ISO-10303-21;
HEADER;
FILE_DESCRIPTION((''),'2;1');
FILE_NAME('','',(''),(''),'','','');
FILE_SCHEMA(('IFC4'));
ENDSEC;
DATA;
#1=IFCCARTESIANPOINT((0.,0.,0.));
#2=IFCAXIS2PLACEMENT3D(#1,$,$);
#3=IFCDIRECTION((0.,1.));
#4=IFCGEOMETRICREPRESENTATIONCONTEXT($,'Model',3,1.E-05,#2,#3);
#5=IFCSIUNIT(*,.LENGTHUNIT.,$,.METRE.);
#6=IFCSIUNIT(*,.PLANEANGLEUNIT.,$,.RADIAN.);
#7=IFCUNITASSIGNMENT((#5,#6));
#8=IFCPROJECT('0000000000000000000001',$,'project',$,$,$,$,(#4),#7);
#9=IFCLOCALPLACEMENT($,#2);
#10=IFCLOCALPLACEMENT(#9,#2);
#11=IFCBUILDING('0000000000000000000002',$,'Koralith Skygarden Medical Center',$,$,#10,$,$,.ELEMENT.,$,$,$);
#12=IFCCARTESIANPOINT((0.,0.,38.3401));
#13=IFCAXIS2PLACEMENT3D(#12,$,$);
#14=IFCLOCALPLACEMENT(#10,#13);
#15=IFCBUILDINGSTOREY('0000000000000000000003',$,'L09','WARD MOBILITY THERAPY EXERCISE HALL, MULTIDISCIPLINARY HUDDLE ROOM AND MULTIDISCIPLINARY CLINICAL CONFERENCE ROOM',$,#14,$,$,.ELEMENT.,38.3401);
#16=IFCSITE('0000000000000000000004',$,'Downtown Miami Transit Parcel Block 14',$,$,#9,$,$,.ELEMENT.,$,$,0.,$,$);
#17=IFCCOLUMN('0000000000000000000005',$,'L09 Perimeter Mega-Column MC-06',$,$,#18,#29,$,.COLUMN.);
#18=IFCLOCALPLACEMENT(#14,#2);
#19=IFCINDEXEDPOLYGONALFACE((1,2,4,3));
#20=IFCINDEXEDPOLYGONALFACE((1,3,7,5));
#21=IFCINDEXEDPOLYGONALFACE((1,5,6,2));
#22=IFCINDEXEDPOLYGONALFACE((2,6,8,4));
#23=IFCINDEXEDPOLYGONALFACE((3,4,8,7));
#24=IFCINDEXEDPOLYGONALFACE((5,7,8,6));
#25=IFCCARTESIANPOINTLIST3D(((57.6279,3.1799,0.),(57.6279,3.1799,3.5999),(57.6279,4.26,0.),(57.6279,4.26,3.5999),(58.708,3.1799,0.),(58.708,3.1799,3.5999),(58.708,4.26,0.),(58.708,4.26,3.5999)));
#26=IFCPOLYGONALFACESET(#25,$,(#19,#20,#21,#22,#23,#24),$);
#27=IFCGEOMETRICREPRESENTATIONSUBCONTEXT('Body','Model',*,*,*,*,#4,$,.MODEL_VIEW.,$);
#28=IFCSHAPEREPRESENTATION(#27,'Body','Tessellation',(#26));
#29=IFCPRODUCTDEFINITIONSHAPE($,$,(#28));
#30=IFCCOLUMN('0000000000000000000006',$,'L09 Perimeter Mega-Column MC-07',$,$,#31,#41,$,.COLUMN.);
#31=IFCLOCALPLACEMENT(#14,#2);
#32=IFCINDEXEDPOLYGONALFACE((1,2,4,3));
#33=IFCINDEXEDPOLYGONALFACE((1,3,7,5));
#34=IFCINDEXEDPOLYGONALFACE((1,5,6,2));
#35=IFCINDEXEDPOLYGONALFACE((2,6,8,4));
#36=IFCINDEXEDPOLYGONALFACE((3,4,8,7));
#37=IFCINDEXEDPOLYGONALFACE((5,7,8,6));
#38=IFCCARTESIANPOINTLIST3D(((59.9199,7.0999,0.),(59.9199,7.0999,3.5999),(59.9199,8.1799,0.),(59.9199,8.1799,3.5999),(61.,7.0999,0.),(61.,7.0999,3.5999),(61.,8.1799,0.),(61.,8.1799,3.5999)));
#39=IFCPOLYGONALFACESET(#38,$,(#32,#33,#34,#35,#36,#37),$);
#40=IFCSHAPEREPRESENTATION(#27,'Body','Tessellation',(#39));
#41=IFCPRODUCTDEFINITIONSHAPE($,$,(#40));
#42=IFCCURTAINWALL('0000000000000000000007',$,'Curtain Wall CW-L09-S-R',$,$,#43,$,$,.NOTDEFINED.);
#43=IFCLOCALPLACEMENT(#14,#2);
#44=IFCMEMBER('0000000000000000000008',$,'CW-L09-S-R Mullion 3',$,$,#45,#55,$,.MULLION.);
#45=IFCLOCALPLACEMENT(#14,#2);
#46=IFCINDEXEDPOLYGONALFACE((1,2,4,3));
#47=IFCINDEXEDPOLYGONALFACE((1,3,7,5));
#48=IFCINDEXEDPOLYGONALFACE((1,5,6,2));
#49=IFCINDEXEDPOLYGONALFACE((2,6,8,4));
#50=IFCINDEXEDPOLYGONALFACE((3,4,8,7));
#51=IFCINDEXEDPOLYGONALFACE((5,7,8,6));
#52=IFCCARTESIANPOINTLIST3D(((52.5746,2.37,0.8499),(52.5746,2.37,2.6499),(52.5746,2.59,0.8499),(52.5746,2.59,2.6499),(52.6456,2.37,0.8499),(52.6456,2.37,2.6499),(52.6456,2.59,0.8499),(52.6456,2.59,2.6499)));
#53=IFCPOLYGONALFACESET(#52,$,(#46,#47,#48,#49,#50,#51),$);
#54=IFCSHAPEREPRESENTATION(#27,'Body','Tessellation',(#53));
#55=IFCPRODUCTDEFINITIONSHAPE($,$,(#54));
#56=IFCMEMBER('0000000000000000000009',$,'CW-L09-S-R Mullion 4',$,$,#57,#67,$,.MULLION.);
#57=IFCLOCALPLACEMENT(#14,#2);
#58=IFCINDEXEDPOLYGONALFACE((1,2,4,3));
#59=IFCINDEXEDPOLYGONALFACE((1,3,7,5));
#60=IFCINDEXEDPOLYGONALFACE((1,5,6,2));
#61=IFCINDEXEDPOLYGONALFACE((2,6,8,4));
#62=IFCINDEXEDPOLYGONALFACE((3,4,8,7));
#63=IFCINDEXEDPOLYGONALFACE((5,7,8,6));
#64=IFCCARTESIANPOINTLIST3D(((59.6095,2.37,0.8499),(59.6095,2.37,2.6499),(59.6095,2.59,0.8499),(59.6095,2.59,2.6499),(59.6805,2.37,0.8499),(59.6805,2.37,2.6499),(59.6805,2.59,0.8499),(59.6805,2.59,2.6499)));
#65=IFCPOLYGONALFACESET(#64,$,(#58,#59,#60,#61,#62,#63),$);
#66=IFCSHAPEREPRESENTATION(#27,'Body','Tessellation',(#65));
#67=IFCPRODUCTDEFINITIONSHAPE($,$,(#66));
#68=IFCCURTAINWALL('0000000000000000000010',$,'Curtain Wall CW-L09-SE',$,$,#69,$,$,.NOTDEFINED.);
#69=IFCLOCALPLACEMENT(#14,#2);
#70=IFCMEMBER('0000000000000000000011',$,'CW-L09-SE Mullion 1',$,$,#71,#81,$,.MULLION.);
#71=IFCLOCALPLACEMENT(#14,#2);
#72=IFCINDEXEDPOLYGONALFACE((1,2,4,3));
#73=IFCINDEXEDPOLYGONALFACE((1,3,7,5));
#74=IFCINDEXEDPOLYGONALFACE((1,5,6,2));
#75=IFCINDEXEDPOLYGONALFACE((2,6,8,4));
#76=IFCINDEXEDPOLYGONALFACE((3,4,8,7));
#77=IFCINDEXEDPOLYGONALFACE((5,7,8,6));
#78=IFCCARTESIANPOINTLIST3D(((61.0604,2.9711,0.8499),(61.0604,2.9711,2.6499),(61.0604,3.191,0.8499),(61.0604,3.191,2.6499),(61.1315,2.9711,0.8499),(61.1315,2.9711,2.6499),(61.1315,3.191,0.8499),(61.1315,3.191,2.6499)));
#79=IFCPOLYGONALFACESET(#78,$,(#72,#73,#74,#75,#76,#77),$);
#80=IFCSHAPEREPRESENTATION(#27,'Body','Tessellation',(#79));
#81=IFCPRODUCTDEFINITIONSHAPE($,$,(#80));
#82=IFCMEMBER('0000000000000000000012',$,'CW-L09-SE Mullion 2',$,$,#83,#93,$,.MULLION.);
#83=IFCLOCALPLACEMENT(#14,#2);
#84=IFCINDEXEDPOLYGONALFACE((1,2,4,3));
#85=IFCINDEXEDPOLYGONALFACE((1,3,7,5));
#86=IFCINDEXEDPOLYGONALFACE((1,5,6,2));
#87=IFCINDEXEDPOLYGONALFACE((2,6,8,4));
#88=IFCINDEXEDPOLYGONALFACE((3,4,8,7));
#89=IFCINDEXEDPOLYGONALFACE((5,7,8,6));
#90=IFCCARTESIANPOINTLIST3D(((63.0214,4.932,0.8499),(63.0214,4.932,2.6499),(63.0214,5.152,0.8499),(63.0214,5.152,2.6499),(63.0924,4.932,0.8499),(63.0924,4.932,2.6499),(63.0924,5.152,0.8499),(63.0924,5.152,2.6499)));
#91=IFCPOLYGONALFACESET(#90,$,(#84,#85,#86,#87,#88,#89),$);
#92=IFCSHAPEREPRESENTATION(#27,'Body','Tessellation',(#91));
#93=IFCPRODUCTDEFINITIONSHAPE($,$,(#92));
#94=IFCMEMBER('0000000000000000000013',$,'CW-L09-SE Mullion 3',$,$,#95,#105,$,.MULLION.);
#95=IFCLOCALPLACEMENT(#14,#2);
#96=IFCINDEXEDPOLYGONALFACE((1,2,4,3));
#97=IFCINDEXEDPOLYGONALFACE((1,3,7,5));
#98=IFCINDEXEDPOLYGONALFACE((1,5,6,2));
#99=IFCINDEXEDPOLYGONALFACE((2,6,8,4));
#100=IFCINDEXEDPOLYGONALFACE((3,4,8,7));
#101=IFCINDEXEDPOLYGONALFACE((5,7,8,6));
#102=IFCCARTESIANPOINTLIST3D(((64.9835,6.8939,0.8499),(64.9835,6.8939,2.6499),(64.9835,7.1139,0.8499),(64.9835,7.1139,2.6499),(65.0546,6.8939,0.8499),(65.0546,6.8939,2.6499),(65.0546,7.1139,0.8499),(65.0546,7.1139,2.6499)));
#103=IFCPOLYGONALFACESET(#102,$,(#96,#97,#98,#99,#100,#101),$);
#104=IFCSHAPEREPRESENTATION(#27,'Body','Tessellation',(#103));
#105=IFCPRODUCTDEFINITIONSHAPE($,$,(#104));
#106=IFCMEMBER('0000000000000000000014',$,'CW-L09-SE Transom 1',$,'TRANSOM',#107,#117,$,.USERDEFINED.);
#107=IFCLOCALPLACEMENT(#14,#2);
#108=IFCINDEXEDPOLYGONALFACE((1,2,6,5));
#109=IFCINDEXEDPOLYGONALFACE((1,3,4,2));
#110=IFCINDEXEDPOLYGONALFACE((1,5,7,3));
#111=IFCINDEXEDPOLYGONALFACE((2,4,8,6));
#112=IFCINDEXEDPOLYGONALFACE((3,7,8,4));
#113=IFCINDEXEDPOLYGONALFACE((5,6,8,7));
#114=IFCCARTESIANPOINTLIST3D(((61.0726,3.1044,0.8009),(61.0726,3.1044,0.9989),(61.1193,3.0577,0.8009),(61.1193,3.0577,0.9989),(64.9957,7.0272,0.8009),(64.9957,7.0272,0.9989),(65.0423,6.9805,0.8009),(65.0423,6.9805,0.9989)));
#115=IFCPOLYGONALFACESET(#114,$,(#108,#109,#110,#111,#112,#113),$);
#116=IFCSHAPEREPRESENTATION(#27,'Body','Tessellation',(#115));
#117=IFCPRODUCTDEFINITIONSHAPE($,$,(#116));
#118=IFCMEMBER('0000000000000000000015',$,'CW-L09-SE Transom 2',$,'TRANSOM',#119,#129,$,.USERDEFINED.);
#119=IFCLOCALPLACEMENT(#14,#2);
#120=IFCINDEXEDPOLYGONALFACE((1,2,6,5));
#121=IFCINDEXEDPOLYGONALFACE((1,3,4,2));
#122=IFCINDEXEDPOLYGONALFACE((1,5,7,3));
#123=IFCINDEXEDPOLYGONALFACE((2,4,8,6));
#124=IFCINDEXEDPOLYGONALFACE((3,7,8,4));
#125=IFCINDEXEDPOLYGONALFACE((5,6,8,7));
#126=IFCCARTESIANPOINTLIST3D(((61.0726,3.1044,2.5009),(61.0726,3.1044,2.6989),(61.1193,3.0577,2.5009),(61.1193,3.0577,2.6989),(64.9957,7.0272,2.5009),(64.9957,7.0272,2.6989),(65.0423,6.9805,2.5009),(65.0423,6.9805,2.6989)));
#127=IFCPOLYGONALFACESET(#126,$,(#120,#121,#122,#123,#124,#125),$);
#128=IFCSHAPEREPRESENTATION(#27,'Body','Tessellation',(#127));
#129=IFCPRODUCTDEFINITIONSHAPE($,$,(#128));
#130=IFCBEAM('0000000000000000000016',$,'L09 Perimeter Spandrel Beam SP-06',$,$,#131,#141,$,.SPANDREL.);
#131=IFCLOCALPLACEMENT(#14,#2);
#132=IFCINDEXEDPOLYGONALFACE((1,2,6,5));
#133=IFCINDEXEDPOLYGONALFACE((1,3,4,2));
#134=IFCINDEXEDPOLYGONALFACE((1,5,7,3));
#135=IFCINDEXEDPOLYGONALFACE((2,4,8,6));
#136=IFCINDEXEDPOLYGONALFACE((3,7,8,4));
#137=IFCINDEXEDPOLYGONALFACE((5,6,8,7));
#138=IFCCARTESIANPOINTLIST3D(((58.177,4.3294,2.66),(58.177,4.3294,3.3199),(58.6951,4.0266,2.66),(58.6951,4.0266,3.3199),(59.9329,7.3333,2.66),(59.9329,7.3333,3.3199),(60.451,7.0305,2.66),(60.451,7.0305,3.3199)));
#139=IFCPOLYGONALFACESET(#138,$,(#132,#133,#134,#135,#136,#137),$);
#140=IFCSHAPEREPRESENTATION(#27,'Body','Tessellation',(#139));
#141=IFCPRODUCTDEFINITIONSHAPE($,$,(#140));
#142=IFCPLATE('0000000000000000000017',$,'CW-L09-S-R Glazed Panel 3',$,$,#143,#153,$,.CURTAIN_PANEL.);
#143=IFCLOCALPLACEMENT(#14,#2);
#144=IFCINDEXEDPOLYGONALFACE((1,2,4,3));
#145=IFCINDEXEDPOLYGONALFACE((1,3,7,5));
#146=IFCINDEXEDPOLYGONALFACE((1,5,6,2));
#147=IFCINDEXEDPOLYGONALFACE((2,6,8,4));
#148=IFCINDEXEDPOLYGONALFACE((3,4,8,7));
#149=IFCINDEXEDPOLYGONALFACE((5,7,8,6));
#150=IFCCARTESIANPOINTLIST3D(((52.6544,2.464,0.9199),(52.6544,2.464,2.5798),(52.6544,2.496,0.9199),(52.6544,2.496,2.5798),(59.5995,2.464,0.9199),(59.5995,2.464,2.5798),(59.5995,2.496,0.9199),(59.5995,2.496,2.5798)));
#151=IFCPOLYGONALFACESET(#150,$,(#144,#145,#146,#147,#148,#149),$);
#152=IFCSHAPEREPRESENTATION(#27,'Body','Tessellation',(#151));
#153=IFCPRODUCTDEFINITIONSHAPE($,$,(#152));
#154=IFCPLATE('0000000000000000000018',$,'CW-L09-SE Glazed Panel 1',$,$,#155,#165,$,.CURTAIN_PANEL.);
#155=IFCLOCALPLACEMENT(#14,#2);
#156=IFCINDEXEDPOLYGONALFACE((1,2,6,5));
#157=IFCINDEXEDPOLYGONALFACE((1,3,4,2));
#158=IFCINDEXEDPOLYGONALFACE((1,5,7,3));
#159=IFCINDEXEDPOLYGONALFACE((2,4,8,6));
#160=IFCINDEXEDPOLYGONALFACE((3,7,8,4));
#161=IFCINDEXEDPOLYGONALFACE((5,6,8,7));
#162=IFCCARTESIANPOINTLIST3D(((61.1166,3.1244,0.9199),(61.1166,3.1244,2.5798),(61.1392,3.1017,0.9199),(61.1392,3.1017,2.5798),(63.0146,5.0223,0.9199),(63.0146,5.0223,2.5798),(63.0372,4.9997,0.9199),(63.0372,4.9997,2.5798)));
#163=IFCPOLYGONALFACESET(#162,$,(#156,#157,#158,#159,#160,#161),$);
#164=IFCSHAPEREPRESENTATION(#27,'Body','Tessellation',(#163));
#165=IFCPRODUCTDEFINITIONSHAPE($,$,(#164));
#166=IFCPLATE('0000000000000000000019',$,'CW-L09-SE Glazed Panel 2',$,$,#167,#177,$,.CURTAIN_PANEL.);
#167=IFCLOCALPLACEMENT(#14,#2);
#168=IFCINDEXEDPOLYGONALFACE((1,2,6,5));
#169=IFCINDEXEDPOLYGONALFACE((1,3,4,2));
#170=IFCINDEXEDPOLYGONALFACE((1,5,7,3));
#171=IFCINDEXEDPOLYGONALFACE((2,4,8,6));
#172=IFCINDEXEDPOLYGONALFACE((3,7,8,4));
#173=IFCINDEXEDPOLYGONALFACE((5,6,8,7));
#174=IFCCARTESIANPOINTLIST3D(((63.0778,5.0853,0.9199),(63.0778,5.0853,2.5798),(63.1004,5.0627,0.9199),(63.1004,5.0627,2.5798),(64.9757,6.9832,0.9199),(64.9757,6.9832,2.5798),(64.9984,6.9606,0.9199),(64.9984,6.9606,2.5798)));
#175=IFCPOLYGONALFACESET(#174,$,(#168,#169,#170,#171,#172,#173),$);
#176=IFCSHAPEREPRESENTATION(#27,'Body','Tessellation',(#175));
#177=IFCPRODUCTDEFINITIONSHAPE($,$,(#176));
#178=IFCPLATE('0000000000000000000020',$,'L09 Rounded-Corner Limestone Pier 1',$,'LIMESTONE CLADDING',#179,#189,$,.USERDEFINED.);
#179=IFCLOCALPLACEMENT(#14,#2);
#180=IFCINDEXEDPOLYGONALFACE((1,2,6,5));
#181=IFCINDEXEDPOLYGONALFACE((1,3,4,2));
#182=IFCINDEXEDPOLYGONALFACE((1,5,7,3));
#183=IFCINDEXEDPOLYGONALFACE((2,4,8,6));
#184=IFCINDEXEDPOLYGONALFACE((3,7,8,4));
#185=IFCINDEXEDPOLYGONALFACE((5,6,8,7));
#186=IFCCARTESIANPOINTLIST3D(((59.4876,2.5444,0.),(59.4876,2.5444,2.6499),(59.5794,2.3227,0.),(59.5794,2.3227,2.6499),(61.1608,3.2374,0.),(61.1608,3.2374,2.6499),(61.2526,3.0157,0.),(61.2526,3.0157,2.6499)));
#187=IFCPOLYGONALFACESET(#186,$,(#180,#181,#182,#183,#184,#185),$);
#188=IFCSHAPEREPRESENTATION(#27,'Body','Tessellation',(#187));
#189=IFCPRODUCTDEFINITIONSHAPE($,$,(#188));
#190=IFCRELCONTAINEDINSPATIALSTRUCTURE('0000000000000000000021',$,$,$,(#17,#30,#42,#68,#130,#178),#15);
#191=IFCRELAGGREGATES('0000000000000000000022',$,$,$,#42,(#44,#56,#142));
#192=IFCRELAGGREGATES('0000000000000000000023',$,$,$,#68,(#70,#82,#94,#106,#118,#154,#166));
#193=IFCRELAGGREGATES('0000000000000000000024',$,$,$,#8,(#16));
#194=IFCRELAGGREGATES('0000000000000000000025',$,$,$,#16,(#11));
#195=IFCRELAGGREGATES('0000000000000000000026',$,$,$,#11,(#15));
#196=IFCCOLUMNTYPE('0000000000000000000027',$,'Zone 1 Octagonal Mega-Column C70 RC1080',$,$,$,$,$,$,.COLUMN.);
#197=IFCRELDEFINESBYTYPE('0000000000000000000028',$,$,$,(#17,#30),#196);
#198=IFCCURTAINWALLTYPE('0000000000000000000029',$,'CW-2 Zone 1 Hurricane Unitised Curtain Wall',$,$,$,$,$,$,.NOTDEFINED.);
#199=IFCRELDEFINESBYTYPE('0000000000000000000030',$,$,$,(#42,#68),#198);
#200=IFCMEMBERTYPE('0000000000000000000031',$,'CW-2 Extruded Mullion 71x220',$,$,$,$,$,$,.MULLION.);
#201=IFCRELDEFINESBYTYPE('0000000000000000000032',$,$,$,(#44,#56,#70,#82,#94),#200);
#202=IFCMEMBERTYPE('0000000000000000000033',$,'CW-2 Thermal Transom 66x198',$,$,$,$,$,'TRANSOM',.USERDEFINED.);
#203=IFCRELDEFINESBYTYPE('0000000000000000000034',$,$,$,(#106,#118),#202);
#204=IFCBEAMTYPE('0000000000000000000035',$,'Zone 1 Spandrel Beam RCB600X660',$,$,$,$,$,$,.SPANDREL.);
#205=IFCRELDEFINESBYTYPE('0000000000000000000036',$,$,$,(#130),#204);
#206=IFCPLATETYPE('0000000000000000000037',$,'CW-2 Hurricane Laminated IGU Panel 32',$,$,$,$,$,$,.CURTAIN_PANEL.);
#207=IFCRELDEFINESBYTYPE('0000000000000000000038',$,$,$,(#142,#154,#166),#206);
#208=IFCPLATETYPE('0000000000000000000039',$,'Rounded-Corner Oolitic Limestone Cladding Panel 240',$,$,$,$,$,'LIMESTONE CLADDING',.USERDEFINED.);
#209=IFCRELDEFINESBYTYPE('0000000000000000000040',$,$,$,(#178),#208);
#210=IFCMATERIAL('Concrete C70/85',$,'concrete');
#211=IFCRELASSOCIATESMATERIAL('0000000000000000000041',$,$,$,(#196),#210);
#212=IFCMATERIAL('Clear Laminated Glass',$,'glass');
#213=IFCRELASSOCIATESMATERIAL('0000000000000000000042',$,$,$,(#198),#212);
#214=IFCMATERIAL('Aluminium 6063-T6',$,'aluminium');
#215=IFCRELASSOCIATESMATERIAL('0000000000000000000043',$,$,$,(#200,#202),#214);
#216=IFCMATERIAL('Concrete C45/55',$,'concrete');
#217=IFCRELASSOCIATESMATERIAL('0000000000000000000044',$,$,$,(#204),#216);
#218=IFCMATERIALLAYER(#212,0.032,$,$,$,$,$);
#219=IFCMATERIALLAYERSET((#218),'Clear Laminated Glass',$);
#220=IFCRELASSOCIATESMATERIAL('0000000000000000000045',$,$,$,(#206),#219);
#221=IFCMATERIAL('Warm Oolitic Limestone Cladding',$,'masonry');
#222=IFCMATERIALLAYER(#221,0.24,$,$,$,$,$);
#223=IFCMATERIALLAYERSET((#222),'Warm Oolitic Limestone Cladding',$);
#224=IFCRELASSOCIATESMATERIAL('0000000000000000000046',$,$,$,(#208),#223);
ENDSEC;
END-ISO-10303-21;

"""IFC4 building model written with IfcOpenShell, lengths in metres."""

from ifc_helpers import new_model, si_unit, direction, frame, origin, origin_2d, place, context, subcontext, project, spatial, rectangle, extrude, material, layer, layer_set, material_profile, profile_set, type_object, element, aggregate, save


model = new_model("IFC4")

# Units and contexts
model_context = context("Model", 3, precision=1e-05, world=origin(), true_north=direction((0.0, 1.0)))
body_context = subcontext(model_context, "Body", "Model", "MODEL_VIEW")
ifc_project = project(units=[si_unit("LENGTHUNIT", "METRE"), si_unit("PLANEANGLEUNIT", "RADIAN")], contexts=[model_context])

# Site, building, storey
site_placement = place(None, origin())
site = spatial("IfcSite", under=ifc_project, at=site_placement, Name="Downtown Miami Transit Parcel Block 14", CompositionType="ELEMENT", RefElevation=0.0)
building_placement = place(site_placement, origin())
building = spatial("IfcBuilding", under=site, at=building_placement, Name="Koralith Skygarden Medical Center", CompositionType="ELEMENT")
storey_placement = place(building_placement, frame((0.0, 0.0, 38.3401)))
storey = spatial("IfcBuildingStorey", under=building, at=storey_placement, Name="L09", Description="WARD MOBILITY THERAPY EXERCISE HALL, MULTIDISCIPLINARY HUDDLE ROOM AND MULTIDISCIPLINARY CLINICAL CONFERENCE ROOM", CompositionType="ELEMENT", Elevation=38.3401)

# Columns
ifc_material_1 = material(Name="Concrete C70/85", Category="concrete")
ifc_material_profile_1 = material_profile(ifc_material_1, rectangle(XDim=1.0801, YDim=1.0801, at=origin_2d()), Name="RC1080X1080")
ifc_profile_set_1 = profile_set([ifc_material_profile_1], Name="Concrete C70/85")
column_type = type_object("IfcColumnType", Name="Zone 1 Octagonal Mega-Column C70 RC1080", PredefinedType="COLUMN", material=ifc_profile_set_1)
for number, where, z_axis, x_axis, name in (
    (1, (58.168, 3.72, 0.0), (0.0, 0.0, 1.0), (1.0, 0.0, 0.0), "L09 Perimeter Mega-Column MC-06"),
    (2, (60.46, 7.6399, 0.0), (0.0, 0.0, 1.0), (1.0, 0.0, 0.0), "L09 Perimeter Mega-Column MC-07"),
):
    element("IfcColumn", number, at=place(storey_placement, frame(where, z_axis=z_axis, x_axis=x_axis)), inside=storey, type_object=column_type, Name=name, PredefinedType="COLUMN", context=body_context, shape_type="SweptSolid", body=[
        extrude(rectangle(XDim=1.0801, YDim=1.0801, at=origin_2d()), origin(), (0.0, 0.0, 1.0), 3.5999),
    ])

# Curtain walls, members
ifc_material_2 = material(Name="Clear Laminated Glass", Category="glass")
curtain_wall_type = type_object("IfcCurtainWallType", Name="CW-2 Zone 1 Hurricane Unitised Curtain Wall", PredefinedType="NOTDEFINED", material=ifc_material_2)
curtain_wall_1_placement = place(storey_placement, origin())
curtain_wall_1 = element("IfcCurtainWall", 3, at=curtain_wall_1_placement, inside=storey, type_object=curtain_wall_type, Name="Curtain Wall CW-L09-S-R", PredefinedType="NOTDEFINED")
ifc_material_3 = material(Name="Aluminium 6063-T6", Category="aluminium")
ifc_material_profile_2 = material_profile(ifc_material_3, rectangle(XDim=0.071, YDim=0.22, at=origin_2d()), Name="MUL71X220")
ifc_profile_set_2 = profile_set([ifc_material_profile_2], Name="Aluminium 6063-T6")
member_type_1 = type_object("IfcMemberType", Name="CW-2 Extruded Mullion 71x220", PredefinedType="MULLION", material=ifc_profile_set_2)
member_1_placement = place(storey_placement, frame((52.6101, 2.48, 0.8499), z_axis=(0.0, 0.0, 1.0), x_axis=(1.0, 0.0, 0.0)))
member_1 = element("IfcMember", 4, at=member_1_placement, type_object=member_type_1, Name="CW-L09-S-R Mullion 3", PredefinedType="MULLION", context=body_context, shape_type="SweptSolid", body=[
    extrude(rectangle(XDim=0.071, YDim=0.22, at=origin_2d()), origin(), (0.0, 0.0, 1.0), 1.8),
])
member_2_placement = place(storey_placement, frame((59.645, 2.48, 0.8499), z_axis=(0.0, 0.0, 1.0), x_axis=(1.0, 0.0, 0.0)))
member_2 = element("IfcMember", 5, at=member_2_placement, type_object=member_type_1, Name="CW-L09-S-R Mullion 4", PredefinedType="MULLION", context=body_context, shape_type="SweptSolid", body=[
    extrude(rectangle(XDim=0.071, YDim=0.22, at=origin_2d()), origin(), (0.0, 0.0, 1.0), 1.8),
])
curtain_wall_2_placement = place(storey_placement, origin())
curtain_wall_2 = element("IfcCurtainWall", 6, at=curtain_wall_2_placement, inside=storey, type_object=curtain_wall_type, Name="Curtain Wall CW-L09-SE", PredefinedType="NOTDEFINED")
member_3_placement = place(storey_placement, frame((61.0959, 3.0811, 0.8499), z_axis=(0.0, 0.0, 1.0), x_axis=(1.0, 0.0, 0.0)))
member_3 = element("IfcMember", 7, at=member_3_placement, type_object=member_type_1, Name="CW-L09-SE Mullion 1", PredefinedType="MULLION", context=body_context, shape_type="SweptSolid", body=[
    extrude(rectangle(XDim=0.071, YDim=0.22, at=origin_2d()), origin(), (0.0, 0.0, 1.0), 1.8),
])
member_4_placement = place(storey_placement, frame((63.0569, 5.042, 0.8499), z_axis=(0.0, 0.0, 1.0), x_axis=(1.0, 0.0, 0.0)))
member_4 = element("IfcMember", 8, at=member_4_placement, type_object=member_type_1, Name="CW-L09-SE Mullion 2", PredefinedType="MULLION", context=body_context, shape_type="SweptSolid", body=[
    extrude(rectangle(XDim=0.071, YDim=0.22, at=origin_2d()), origin(), (0.0, 0.0, 1.0), 1.8),
])
member_5_placement = place(storey_placement, frame((65.019, 7.0039, 0.8499), z_axis=(0.0, 0.0, 1.0), x_axis=(1.0, 0.0, 0.0)))
member_5 = element("IfcMember", 9, at=member_5_placement, type_object=member_type_1, Name="CW-L09-SE Mullion 3", PredefinedType="MULLION", context=body_context, shape_type="SweptSolid", body=[
    extrude(rectangle(XDim=0.071, YDim=0.22, at=origin_2d()), origin(), (0.0, 0.0, 1.0), 1.8),
])
ifc_material_profile_3 = material_profile(ifc_material_3, rectangle(XDim=0.0659, YDim=0.198, at=origin_2d()), Name="TRN66X198")
ifc_profile_set_3 = profile_set([ifc_material_profile_3], Name="Aluminium 6063-T6")
member_type_2 = type_object("IfcMemberType", Name="CW-2 Thermal Transom 66x198", ElementType="TRANSOM", PredefinedType="USERDEFINED", material=ifc_profile_set_3)
member_6_placement = place(storey_placement, frame((61.0959, 3.0811, 0.8999), z_axis=(0.707129, 0.707085, 0.0), x_axis=(-0.707085, 0.707129, 0.0)))
member_6 = element("IfcMember", 10, at=member_6_placement, type_object=member_type_2, Name="CW-L09-SE Transom 1", ObjectType="TRANSOM", PredefinedType="USERDEFINED", context=body_context, shape_type="SweptSolid", body=[
    extrude(rectangle(XDim=0.0659, YDim=0.198, at=origin_2d()), origin(), (0.0, 0.0, 1.0), 5.5479),
])
member_7_placement = place(storey_placement, frame((61.0959, 3.0811, 2.5999), z_axis=(0.707129, 0.707085, 0.0), x_axis=(-0.707085, 0.707129, 0.0)))
member_7 = element("IfcMember", 11, at=member_7_placement, type_object=member_type_2, Name="CW-L09-SE Transom 2", ObjectType="TRANSOM", PredefinedType="USERDEFINED", context=body_context, shape_type="SweptSolid", body=[
    extrude(rectangle(XDim=0.0659, YDim=0.198, at=origin_2d()), origin(), (0.0, 0.0, 1.0), 5.5479),
])

# Beam
ifc_material_4 = material(Name="Concrete C45/55", Category="concrete")
ifc_material_profile_4 = material_profile(ifc_material_4, rectangle(XDim=0.6001, YDim=0.6599, at=origin_2d()), Name="RCB600X660")
ifc_profile_set_4 = profile_set([ifc_material_profile_4], Name="Concrete C45/55")
beam_type = type_object("IfcBeamType", Name="Zone 1 Spandrel Beam RCB600X660", PredefinedType="SPANDREL", material=ifc_profile_set_4)
beam_placement = place(storey_placement, frame((58.436, 4.178, 2.99), z_axis=(0.504639, 0.863331, 0.0), x_axis=(-0.863331, 0.504639, 0.0)))
element("IfcBeam", 12, at=beam_placement, inside=storey, type_object=beam_type, Name="L09 Perimeter Spandrel Beam SP-06", PredefinedType="SPANDREL", context=body_context, shape_type="SweptSolid", body=[
    extrude(rectangle(XDim=0.6001, YDim=0.6599, at=origin_2d()), origin(), (0.0, 0.0, 1.0), 3.4795),
])

# Plates
ifc_layer_1 = layer(ifc_material_2, 0.032)
ifc_layer_set_1 = layer_set([ifc_layer_1], Name="Clear Laminated Glass")
plate_type_1 = type_object("IfcPlateType", Name="CW-2 Hurricane Laminated IGU Panel 32", PredefinedType="CURTAIN_PANEL", material=ifc_layer_set_1)
plate_1_placement = place(storey_placement, frame((56.127, 2.48, 0.9199), z_axis=(0.0, 0.0, 1.0), x_axis=(1.0, 0.0, 0.0)))
plate_1 = element("IfcPlate", 13, at=plate_1_placement, type_object=plate_type_1, Name="CW-L09-S-R Glazed Panel 3", PredefinedType="CURTAIN_PANEL", context=body_context, shape_type="SweptSolid", body=[
    extrude(rectangle(XDim=6.9451, YDim=0.032, at=origin_2d()), origin(), (0.0, 0.0, 1.0), 1.6599),
])
aggregate(curtain_wall_1, [member_1, member_2, plate_1])
plate_2_placement = place(storey_placement, frame((62.0769, 4.062, 0.9199), z_axis=(0.0, 0.0, 1.0), x_axis=(0.707107, 0.707107, 0.0)))
plate_2 = element("IfcPlate", 14, at=plate_2_placement, type_object=plate_type_1, Name="CW-L09-SE Glazed Panel 1", PredefinedType="CURTAIN_PANEL", context=body_context, shape_type="SweptSolid", body=[
    extrude(rectangle(XDim=2.6841, YDim=0.032, at=origin_2d()), origin(), (0.0, 0.0, 1.0), 1.6599),
])
plate_3_placement = place(storey_placement, frame((64.0381, 6.0229, 0.9199), z_axis=(0.0, 0.0, 1.0), x_axis=(0.707107, 0.707107, 0.0)))
plate_3 = element("IfcPlate", 15, at=plate_3_placement, type_object=plate_type_1, Name="CW-L09-SE Glazed Panel 2", PredefinedType="CURTAIN_PANEL", context=body_context, shape_type="SweptSolid", body=[
    extrude(rectangle(XDim=2.6841, YDim=0.032, at=origin_2d()), origin(), (0.0, 0.0, 1.0), 1.6599),
])
aggregate(curtain_wall_2, [member_3, member_4, member_5, member_6, member_7, plate_2, plate_3])
ifc_material_5 = material(Name="Warm Oolitic Limestone Cladding", Category="masonry")
ifc_layer_2 = layer(ifc_material_5, 0.24)
ifc_layer_set_2 = layer_set([ifc_layer_2], Name="Warm Oolitic Limestone Cladding")
plate_type_2 = type_object("IfcPlateType", Name="Rounded-Corner Oolitic Limestone Cladding Panel 240", ElementType="LIMESTONE CLADDING", PredefinedType="USERDEFINED", material=ifc_layer_set_2)
plate_4_placement = place(storey_placement, frame((60.3701, 2.78, 0.0), z_axis=(0.0, 0.0, 1.0), x_axis=(0.923885, 0.382671, 0.0)))
element("IfcPlate", 16, at=plate_4_placement, inside=storey, type_object=plate_type_2, Name="L09 Rounded-Corner Limestone Pier 1", ObjectType="LIMESTONE CLADDING", PredefinedType="USERDEFINED", context=body_context, shape_type="SweptSolid", body=[
    extrude(rectangle(XDim=1.811, YDim=0.24, at=origin_2d()), origin(), (0.0, 0.0, 1.0), 2.6499),
])

save(model, "model.ifc")
